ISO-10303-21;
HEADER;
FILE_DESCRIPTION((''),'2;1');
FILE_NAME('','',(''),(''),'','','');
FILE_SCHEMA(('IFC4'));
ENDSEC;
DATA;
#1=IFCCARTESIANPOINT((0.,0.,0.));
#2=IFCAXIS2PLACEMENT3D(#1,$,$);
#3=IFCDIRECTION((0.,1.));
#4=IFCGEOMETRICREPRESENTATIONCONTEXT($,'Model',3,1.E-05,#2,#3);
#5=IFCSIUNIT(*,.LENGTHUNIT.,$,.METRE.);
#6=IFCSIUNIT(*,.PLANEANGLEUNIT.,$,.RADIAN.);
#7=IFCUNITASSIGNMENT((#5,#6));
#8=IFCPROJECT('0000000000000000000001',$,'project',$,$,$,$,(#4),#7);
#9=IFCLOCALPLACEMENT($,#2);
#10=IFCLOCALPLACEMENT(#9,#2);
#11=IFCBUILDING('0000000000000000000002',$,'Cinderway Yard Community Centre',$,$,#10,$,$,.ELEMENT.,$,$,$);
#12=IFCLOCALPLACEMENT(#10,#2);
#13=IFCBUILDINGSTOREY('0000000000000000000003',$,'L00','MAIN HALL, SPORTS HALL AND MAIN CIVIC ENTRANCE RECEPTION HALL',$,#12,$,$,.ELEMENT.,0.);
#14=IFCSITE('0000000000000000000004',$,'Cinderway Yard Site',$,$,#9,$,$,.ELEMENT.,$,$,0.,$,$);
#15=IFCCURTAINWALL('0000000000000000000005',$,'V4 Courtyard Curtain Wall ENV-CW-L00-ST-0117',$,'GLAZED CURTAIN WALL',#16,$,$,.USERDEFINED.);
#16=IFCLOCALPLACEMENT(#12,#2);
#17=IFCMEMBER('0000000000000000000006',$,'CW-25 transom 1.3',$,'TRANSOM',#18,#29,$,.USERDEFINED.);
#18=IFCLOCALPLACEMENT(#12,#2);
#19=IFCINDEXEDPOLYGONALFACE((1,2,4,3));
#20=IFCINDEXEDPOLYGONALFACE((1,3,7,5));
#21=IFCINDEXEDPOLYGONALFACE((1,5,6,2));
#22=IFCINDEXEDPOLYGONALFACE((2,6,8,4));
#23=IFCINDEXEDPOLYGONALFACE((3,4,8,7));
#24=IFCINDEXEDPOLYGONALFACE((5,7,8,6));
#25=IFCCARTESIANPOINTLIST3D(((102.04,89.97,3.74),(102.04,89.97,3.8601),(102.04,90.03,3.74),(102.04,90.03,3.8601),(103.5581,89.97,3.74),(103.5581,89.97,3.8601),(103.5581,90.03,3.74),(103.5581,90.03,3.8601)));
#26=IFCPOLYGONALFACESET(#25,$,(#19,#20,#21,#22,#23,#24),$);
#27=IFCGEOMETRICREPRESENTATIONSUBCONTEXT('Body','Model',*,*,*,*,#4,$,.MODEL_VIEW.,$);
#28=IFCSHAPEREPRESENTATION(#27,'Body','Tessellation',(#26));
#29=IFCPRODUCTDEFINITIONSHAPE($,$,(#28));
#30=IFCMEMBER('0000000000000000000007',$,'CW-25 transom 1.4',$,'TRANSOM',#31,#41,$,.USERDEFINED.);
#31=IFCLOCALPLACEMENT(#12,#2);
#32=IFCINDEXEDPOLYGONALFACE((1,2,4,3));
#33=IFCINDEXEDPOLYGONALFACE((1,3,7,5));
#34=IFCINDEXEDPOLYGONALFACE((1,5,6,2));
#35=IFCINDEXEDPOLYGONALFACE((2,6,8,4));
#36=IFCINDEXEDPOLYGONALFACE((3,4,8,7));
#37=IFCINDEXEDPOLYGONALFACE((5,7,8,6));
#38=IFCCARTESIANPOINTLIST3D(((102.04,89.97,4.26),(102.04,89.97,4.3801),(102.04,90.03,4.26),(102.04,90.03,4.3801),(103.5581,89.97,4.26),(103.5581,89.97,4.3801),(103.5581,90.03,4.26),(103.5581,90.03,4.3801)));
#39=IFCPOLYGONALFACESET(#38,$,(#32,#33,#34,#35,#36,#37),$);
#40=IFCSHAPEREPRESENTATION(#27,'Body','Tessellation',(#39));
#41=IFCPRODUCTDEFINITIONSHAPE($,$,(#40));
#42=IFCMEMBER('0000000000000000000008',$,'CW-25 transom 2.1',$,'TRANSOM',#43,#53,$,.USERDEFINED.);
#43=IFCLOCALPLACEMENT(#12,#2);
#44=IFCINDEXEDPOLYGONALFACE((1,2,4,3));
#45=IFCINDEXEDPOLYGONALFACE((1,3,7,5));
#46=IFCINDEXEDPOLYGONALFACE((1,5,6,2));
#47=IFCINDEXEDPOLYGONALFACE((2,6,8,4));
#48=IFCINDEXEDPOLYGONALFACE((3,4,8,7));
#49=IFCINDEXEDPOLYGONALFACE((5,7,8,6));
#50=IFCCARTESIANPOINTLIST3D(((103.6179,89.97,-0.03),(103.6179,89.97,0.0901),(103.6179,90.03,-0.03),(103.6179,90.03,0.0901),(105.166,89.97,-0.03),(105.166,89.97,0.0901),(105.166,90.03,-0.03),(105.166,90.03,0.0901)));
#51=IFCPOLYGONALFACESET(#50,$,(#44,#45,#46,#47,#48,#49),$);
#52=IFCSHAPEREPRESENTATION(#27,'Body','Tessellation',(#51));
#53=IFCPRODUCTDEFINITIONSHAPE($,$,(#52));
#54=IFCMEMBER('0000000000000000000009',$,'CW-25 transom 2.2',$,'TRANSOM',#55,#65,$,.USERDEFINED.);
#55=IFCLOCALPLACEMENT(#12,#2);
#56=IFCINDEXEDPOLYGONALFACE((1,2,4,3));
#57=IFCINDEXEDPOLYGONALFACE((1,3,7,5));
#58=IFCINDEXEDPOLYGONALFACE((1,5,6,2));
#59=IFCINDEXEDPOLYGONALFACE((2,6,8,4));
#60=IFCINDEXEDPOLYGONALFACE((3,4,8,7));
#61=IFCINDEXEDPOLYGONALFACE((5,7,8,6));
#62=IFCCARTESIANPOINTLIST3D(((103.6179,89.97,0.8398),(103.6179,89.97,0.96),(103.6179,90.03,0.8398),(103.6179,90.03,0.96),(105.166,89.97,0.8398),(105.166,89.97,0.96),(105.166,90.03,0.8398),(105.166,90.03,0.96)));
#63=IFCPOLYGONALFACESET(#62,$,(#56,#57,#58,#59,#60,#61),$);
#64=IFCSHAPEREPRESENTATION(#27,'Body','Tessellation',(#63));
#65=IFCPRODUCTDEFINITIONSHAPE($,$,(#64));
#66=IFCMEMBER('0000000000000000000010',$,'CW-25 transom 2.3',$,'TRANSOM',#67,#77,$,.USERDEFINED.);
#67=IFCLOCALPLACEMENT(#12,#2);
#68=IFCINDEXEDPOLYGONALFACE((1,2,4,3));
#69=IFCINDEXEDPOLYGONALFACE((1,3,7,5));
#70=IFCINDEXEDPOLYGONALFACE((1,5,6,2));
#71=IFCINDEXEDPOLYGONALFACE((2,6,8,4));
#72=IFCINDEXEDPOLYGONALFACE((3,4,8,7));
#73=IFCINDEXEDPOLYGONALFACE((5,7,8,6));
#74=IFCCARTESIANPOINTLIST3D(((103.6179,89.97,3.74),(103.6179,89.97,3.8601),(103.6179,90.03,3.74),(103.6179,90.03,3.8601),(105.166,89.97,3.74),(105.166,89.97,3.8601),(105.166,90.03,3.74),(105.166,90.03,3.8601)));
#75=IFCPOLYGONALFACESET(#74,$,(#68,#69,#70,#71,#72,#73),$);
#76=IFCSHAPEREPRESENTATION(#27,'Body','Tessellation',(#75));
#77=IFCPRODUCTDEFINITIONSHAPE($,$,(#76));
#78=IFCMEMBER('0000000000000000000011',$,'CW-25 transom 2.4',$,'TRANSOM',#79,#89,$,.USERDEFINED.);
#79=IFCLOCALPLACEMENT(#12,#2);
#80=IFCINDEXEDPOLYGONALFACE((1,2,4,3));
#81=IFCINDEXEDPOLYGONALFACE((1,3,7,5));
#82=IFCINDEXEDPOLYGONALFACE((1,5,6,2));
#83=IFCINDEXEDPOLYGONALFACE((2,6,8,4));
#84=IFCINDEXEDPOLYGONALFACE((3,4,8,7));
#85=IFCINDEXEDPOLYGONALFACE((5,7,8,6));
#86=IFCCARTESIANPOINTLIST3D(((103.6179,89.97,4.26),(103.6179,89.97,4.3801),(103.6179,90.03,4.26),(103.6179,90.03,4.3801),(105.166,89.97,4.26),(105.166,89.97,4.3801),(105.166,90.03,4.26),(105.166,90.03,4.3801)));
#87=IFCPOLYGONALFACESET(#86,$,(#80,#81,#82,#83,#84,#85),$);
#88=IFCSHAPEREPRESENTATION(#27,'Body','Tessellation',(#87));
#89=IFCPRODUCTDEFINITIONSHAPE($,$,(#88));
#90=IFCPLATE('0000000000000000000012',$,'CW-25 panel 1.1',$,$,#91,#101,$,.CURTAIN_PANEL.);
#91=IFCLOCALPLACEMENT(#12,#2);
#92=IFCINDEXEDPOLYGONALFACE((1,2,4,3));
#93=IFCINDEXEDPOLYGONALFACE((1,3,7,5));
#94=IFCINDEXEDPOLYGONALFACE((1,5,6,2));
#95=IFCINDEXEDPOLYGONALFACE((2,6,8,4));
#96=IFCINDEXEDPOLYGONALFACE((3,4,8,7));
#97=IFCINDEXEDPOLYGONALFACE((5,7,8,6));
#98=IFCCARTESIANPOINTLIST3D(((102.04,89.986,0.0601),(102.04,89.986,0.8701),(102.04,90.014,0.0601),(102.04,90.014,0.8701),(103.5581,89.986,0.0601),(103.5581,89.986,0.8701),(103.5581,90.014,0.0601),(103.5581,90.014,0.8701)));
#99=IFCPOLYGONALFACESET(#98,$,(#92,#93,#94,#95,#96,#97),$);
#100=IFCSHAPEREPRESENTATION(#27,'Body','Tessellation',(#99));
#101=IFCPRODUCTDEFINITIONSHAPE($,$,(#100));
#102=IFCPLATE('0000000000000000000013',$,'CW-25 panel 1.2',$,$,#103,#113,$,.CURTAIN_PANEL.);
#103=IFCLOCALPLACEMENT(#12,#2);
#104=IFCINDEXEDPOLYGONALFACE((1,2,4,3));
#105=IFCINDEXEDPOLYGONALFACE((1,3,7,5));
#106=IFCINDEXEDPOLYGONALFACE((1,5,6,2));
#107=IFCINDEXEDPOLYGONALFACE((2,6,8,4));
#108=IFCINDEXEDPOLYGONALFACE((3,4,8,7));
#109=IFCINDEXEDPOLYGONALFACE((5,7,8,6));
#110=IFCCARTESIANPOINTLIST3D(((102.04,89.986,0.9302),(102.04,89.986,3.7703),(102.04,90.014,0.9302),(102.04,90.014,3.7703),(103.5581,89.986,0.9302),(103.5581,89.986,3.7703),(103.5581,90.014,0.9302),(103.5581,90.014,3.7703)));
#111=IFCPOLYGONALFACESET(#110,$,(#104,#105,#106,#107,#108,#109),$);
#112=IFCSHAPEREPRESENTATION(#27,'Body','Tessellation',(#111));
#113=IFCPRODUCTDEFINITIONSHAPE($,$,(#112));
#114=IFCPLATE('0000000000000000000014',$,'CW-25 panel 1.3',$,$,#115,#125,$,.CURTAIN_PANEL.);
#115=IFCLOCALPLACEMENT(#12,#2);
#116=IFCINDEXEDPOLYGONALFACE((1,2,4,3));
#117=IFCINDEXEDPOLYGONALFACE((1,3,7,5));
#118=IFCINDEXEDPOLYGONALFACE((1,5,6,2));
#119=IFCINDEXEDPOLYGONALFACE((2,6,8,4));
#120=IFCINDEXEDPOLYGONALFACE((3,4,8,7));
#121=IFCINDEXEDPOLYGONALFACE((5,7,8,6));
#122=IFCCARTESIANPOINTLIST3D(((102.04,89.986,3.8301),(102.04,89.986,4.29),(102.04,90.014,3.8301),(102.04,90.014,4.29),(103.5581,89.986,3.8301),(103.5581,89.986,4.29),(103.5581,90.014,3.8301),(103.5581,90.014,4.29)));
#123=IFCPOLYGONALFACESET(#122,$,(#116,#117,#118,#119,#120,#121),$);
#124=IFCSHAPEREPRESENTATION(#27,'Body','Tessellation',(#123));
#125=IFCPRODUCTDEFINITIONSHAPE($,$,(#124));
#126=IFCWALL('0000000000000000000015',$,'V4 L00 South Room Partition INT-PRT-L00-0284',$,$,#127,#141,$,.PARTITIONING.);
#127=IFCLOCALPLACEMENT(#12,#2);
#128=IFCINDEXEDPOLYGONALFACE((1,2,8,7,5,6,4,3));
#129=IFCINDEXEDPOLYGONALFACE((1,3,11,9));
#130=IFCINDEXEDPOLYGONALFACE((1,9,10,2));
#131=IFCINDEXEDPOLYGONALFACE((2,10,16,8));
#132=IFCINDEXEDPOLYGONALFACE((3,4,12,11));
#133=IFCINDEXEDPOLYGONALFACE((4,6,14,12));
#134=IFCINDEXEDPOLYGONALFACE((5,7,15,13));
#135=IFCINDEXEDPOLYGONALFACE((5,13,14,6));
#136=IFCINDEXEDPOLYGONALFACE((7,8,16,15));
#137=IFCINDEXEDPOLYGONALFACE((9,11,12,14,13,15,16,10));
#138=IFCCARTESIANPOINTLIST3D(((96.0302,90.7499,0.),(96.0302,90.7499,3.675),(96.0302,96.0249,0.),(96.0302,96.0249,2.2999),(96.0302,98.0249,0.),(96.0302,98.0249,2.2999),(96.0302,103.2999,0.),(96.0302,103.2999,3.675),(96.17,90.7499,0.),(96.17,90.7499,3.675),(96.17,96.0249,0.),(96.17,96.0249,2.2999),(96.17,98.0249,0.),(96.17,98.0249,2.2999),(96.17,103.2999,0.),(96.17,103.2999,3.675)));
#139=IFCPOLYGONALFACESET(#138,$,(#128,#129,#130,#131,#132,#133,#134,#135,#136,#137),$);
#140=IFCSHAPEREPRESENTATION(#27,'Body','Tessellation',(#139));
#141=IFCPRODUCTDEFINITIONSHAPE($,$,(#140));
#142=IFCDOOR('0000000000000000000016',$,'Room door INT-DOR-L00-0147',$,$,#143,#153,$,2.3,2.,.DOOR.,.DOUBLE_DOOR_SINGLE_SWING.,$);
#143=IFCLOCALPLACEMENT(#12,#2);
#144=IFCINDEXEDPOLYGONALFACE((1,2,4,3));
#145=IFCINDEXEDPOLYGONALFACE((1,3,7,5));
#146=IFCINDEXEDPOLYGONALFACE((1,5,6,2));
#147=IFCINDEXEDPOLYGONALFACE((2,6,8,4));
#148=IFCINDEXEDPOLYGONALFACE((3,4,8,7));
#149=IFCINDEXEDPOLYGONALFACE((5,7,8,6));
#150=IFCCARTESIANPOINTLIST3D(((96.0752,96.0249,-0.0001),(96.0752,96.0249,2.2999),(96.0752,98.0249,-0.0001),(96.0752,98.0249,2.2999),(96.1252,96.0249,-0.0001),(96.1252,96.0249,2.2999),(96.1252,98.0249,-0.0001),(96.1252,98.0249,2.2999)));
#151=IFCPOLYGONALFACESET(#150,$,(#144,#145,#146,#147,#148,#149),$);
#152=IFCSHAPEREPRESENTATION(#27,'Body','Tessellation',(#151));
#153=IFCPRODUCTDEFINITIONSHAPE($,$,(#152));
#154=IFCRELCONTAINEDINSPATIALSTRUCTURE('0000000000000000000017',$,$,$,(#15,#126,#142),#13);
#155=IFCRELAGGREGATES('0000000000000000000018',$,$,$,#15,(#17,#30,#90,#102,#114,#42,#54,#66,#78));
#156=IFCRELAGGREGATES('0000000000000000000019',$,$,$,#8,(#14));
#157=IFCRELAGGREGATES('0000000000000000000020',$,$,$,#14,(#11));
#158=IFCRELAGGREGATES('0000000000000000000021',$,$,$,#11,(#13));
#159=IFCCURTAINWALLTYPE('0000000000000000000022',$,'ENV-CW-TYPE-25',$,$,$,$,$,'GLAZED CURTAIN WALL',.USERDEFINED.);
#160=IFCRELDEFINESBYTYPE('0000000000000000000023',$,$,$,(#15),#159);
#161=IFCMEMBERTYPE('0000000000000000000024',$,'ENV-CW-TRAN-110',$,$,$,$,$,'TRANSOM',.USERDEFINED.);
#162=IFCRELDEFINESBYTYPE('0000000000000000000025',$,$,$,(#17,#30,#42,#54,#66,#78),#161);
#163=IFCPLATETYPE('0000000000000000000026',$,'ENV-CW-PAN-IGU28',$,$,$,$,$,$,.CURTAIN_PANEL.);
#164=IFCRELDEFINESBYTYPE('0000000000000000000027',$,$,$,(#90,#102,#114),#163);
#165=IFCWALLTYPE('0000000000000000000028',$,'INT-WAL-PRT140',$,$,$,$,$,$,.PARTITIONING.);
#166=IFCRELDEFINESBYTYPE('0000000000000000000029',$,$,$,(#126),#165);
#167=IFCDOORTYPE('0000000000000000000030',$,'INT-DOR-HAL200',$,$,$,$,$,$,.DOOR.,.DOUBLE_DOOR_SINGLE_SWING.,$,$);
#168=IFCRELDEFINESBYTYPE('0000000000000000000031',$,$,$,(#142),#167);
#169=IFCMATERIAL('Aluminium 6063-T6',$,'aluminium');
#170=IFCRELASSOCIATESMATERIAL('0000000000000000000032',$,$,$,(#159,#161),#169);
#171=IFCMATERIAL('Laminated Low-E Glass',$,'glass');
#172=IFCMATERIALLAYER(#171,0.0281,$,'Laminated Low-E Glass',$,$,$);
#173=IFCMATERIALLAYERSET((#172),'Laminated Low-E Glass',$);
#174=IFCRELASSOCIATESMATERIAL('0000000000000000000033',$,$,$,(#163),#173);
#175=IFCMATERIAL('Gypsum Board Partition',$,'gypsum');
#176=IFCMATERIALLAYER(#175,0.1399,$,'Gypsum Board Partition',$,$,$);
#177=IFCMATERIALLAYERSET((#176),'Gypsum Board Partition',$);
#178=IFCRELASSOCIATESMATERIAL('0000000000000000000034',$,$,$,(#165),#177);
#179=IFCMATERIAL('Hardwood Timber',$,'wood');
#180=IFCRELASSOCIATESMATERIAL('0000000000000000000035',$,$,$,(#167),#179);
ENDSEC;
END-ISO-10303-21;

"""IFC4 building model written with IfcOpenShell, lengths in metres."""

from ifc_helpers import new_model, si_unit, direction, frame, frame_2d, origin, origin_2d, place, context, subcontext, project, spatial, rectangle, extrude, material, layer, layer_set, material_profile, profile_set, type_object, element, fill, aggregate, save


model = new_model("IFC4")

# Units and contexts
model_context = context("Model", 3, precision=1e-05, world=origin(), true_north=direction((0.0, 1.0)))
body_context = subcontext(model_context, "Body", "Model", "MODEL_VIEW")
ifc_project = project(units=[si_unit("LENGTHUNIT", "METRE"), si_unit("PLANEANGLEUNIT", "RADIAN")], contexts=[model_context])

# Site, building, storey
site_placement = place(None, origin())
site = spatial("IfcSite", under=ifc_project, at=site_placement, Name="Cinderway Yard Site", CompositionType="ELEMENT", RefElevation=0.0)
building_placement = place(site_placement, origin())
building = spatial("IfcBuilding", under=site, at=building_placement, Name="Cinderway Yard Community Centre", CompositionType="ELEMENT")
storey_placement = place(building_placement, origin())
storey = spatial("IfcBuildingStorey", under=building, at=storey_placement, Name="L00", Description="MAIN HALL, SPORTS HALL AND MAIN CIVIC ENTRANCE RECEPTION HALL", CompositionType="ELEMENT", Elevation=0.0)

# Curtain wall, members, plates
ifc_material_1 = material(Name="Aluminium 6063-T6", Category="aluminium")
curtain_wall_type = type_object("IfcCurtainWallType", Name="ENV-CW-TYPE-25", ElementType="GLAZED CURTAIN WALL", PredefinedType="USERDEFINED", material=ifc_material_1)
curtain_wall_placement = place(storey_placement, origin())
curtain_wall = element("IfcCurtainWall", 1, at=curtain_wall_placement, inside=storey, type_object=curtain_wall_type, Name="V4 Courtyard Curtain Wall ENV-CW-L00-ST-0117", ObjectType="GLAZED CURTAIN WALL", PredefinedType="USERDEFINED")
ifc_material_profile_1 = material_profile(ifc_material_1, rectangle(XDim=0.0601, YDim=0.1201, at=origin_2d()), Name="Aluminium 6063-T6")
ifc_profile_set_1 = profile_set([ifc_material_profile_1], Name="Aluminium 6063-T6")
member_type_1 = type_object("IfcMemberType", Name="ENV-CW-TRAN-110", ElementType="TRANSOM", PredefinedType="USERDEFINED", material=ifc_profile_set_1)
member_1_placement = place(storey_placement, frame((102.04, 90.0, 3.8), z_axis=(1.0, 0.0, 0.0), x_axis=(0.0, 1.0, 0.0)))
member_1 = element("IfcMember", 2, at=member_1_placement, type_object=member_type_1, Name="CW-25 transom 1.3", ObjectType="TRANSOM", PredefinedType="USERDEFINED", context=body_context, shape_type="SweptSolid", body=[
    extrude(rectangle(XDim=0.0601, YDim=0.1201, at=origin_2d()), origin(), (0.0, 0.0, 1.0), 1.5181),
])
member_2_placement = place(storey_placement, frame((102.04, 90.0, 4.3201), z_axis=(1.0, 0.0, 0.0), x_axis=(0.0, 1.0, 0.0)))
member_2 = element("IfcMember", 3, at=member_2_placement, type_object=member_type_1, Name="CW-25 transom 1.4", ObjectType="TRANSOM", PredefinedType="USERDEFINED", context=body_context, shape_type="SweptSolid", body=[
    extrude(rectangle(XDim=0.0601, YDim=0.1201, at=origin_2d()), origin(), (0.0, 0.0, 1.0), 1.5181),
])
member_3_placement = place(storey_placement, frame((103.6179, 90.0, 0.03), z_axis=(1.0, 0.0, 0.0), x_axis=(0.0, 1.0, 0.0)))
member_3 = element("IfcMember", 4, at=member_3_placement, type_object=member_type_1, Name="CW-25 transom 2.1", ObjectType="TRANSOM", PredefinedType="USERDEFINED", context=body_context, shape_type="SweptSolid", body=[
    extrude(rectangle(XDim=0.0601, YDim=0.1201, at=origin_2d()), origin(), (0.0, 0.0, 1.0), 1.5481),
])
member_4_placement = place(storey_placement, frame((103.6179, 90.0, 0.8999), z_axis=(1.0, 0.0, 0.0), x_axis=(0.0, 1.0, 0.0)))
member_4 = element("IfcMember", 5, at=member_4_placement, type_object=member_type_1, Name="CW-25 transom 2.2", ObjectType="TRANSOM", PredefinedType="USERDEFINED", context=body_context, shape_type="SweptSolid", body=[
    extrude(rectangle(XDim=0.0601, YDim=0.1201, at=origin_2d()), origin(), (0.0, 0.0, 1.0), 1.5481),
])
member_5_placement = place(storey_placement, frame((103.6179, 90.0, 3.8), z_axis=(1.0, 0.0, 0.0), x_axis=(0.0, 1.0, 0.0)))
member_5 = element("IfcMember", 6, at=member_5_placement, type_object=member_type_1, Name="CW-25 transom 2.3", ObjectType="TRANSOM", PredefinedType="USERDEFINED", context=body_context, shape_type="SweptSolid", body=[
    extrude(rectangle(XDim=0.0601, YDim=0.1201, at=origin_2d()), origin(), (0.0, 0.0, 1.0), 1.5481),
])
member_6_placement = place(storey_placement, frame((103.6179, 90.0, 4.3201), z_axis=(1.0, 0.0, 0.0), x_axis=(0.0, 1.0, 0.0)))
member_6 = element("IfcMember", 7, at=member_6_placement, type_object=member_type_1, Name="CW-25 transom 2.4", ObjectType="TRANSOM", PredefinedType="USERDEFINED", context=body_context, shape_type="SweptSolid", body=[
    extrude(rectangle(XDim=0.0601, YDim=0.1201, at=origin_2d()), origin(), (0.0, 0.0, 1.0), 1.5481),
])
ifc_material_2 = material(Name="Laminated Low-E Glass", Category="glass")
ifc_layer_1 = layer(ifc_material_2, 0.0281, Name="Laminated Low-E Glass")
ifc_layer_set_1 = layer_set([ifc_layer_1], Name="Laminated Low-E Glass")
plate_type = type_object("IfcPlateType", Name="ENV-CW-PAN-IGU28", PredefinedType="CURTAIN_PANEL", material=ifc_layer_set_1)
plate_1_placement = place(storey_placement, frame((102.7991, 90.0, 0.0601), z_axis=(0.0, 0.0, 1.0), x_axis=(1.0, 0.0, 0.0)))
plate_1 = element("IfcPlate", 8, at=plate_1_placement, type_object=plate_type, Name="CW-25 panel 1.1", PredefinedType="CURTAIN_PANEL", context=body_context, shape_type="SweptSolid", body=[
    extrude(rectangle(XDim=1.5181, YDim=0.0281, at=origin_2d()), origin(), (0.0, 0.0, 1.0), 0.8101),
])
plate_2_placement = place(storey_placement, frame((102.7991, 90.0, 0.9302), z_axis=(0.0, 0.0, 1.0), x_axis=(1.0, 0.0, 0.0)))
plate_2 = element("IfcPlate", 9, at=plate_2_placement, type_object=plate_type, Name="CW-25 panel 1.2", PredefinedType="CURTAIN_PANEL", context=body_context, shape_type="SweptSolid", body=[
    extrude(rectangle(XDim=1.5181, YDim=0.0281, at=origin_2d()), origin(), (0.0, 0.0, 1.0), 2.8401),
])
plate_3_placement = place(storey_placement, frame((102.7991, 90.0, 3.8301), z_axis=(0.0, 0.0, 1.0), x_axis=(1.0, 0.0, 0.0)))
plate_3 = element("IfcPlate", 10, at=plate_3_placement, type_object=plate_type, Name="CW-25 panel 1.3", PredefinedType="CURTAIN_PANEL", context=body_context, shape_type="SweptSolid", body=[
    extrude(rectangle(XDim=1.5181, YDim=0.0281, at=origin_2d()), origin(), (0.0, 0.0, 1.0), 0.46),
])
aggregate(curtain_wall, [member_1, member_2, plate_1, plate_2, plate_3, member_3, member_4, member_5, member_6])

# Wall, opening, door
ifc_material_3 = material(Name="Gypsum Board Partition", Category="gypsum")
ifc_layer_2 = layer(ifc_material_3, 0.1399, Name="Gypsum Board Partition")
ifc_layer_set_2 = layer_set([ifc_layer_2], Name="Gypsum Board Partition")
wall_type = type_object("IfcWallType", Name="INT-WAL-PRT140", PredefinedType="PARTITIONING", material=ifc_layer_set_2)
wall_placement = place(storey_placement, frame((96.1001, 90.75, 0.0), z_axis=(0.0, 0.0, 1.0), x_axis=(0.0, 1.0, 0.0)))
wall = element("IfcWall", 11, at=wall_placement, inside=storey, type_object=wall_type, Name="V4 L00 South Room Partition INT-PRT-L00-0284", PredefinedType="PARTITIONING", context=body_context, shape_type="SweptSolid", body=[
    extrude(rectangle(XDim=12.55, YDim=0.1399, at=frame_2d((6.2749, 0.0))), origin(), (0.0, 0.0, 1.0), 3.675),
])
opening_placement = place(wall_placement, frame((5.2749, 0.0, 0.0)))
opening = element("IfcOpeningElement", 12, at=opening_placement, cuts=wall, PredefinedType="OPENING", context=body_context, shape_type="SweptSolid", body=[
    extrude(rectangle(XDim=2.0, YDim=2.3, at=frame_2d((1.0, 1.1499))), frame((0.0, 0.0798, 0.0), z_axis=(0.0, -1.0, 0.0), x_axis=(1.0, 0.0, 0.0)), (0.0, 0.0, 1.0), 0.1599),
])
ifc_material_4 = material(Name="Hardwood Timber", Category="wood")
door_type = type_object("IfcDoorType", Name="INT-DOR-HAL200", OperationType="DOUBLE_DOOR_SINGLE_SWING", PredefinedType="DOOR", material=ifc_material_4)
door_placement = place(opening_placement, origin())
door = element("IfcDoor", 13, at=door_placement, inside=storey, type_object=door_type, Name="Room door INT-DOR-L00-0147", OperationType="DOUBLE_DOOR_SINGLE_SWING", OverallHeight=2.3, OverallWidth=2.0, PredefinedType="DOOR", context=body_context, shape_type="SweptSolid", body=[
    extrude(rectangle(XDim=2.0, YDim=2.3, at=frame_2d((1.0, 1.1499))), frame((0.0, 0.0249, 0.0), z_axis=(0.0, -1.0, 0.0), x_axis=(1.0, 0.0, 0.0)), (0.0, 0.0, 1.0), 0.05),
])
fill(opening, door)

save(model, "model.ifc")
